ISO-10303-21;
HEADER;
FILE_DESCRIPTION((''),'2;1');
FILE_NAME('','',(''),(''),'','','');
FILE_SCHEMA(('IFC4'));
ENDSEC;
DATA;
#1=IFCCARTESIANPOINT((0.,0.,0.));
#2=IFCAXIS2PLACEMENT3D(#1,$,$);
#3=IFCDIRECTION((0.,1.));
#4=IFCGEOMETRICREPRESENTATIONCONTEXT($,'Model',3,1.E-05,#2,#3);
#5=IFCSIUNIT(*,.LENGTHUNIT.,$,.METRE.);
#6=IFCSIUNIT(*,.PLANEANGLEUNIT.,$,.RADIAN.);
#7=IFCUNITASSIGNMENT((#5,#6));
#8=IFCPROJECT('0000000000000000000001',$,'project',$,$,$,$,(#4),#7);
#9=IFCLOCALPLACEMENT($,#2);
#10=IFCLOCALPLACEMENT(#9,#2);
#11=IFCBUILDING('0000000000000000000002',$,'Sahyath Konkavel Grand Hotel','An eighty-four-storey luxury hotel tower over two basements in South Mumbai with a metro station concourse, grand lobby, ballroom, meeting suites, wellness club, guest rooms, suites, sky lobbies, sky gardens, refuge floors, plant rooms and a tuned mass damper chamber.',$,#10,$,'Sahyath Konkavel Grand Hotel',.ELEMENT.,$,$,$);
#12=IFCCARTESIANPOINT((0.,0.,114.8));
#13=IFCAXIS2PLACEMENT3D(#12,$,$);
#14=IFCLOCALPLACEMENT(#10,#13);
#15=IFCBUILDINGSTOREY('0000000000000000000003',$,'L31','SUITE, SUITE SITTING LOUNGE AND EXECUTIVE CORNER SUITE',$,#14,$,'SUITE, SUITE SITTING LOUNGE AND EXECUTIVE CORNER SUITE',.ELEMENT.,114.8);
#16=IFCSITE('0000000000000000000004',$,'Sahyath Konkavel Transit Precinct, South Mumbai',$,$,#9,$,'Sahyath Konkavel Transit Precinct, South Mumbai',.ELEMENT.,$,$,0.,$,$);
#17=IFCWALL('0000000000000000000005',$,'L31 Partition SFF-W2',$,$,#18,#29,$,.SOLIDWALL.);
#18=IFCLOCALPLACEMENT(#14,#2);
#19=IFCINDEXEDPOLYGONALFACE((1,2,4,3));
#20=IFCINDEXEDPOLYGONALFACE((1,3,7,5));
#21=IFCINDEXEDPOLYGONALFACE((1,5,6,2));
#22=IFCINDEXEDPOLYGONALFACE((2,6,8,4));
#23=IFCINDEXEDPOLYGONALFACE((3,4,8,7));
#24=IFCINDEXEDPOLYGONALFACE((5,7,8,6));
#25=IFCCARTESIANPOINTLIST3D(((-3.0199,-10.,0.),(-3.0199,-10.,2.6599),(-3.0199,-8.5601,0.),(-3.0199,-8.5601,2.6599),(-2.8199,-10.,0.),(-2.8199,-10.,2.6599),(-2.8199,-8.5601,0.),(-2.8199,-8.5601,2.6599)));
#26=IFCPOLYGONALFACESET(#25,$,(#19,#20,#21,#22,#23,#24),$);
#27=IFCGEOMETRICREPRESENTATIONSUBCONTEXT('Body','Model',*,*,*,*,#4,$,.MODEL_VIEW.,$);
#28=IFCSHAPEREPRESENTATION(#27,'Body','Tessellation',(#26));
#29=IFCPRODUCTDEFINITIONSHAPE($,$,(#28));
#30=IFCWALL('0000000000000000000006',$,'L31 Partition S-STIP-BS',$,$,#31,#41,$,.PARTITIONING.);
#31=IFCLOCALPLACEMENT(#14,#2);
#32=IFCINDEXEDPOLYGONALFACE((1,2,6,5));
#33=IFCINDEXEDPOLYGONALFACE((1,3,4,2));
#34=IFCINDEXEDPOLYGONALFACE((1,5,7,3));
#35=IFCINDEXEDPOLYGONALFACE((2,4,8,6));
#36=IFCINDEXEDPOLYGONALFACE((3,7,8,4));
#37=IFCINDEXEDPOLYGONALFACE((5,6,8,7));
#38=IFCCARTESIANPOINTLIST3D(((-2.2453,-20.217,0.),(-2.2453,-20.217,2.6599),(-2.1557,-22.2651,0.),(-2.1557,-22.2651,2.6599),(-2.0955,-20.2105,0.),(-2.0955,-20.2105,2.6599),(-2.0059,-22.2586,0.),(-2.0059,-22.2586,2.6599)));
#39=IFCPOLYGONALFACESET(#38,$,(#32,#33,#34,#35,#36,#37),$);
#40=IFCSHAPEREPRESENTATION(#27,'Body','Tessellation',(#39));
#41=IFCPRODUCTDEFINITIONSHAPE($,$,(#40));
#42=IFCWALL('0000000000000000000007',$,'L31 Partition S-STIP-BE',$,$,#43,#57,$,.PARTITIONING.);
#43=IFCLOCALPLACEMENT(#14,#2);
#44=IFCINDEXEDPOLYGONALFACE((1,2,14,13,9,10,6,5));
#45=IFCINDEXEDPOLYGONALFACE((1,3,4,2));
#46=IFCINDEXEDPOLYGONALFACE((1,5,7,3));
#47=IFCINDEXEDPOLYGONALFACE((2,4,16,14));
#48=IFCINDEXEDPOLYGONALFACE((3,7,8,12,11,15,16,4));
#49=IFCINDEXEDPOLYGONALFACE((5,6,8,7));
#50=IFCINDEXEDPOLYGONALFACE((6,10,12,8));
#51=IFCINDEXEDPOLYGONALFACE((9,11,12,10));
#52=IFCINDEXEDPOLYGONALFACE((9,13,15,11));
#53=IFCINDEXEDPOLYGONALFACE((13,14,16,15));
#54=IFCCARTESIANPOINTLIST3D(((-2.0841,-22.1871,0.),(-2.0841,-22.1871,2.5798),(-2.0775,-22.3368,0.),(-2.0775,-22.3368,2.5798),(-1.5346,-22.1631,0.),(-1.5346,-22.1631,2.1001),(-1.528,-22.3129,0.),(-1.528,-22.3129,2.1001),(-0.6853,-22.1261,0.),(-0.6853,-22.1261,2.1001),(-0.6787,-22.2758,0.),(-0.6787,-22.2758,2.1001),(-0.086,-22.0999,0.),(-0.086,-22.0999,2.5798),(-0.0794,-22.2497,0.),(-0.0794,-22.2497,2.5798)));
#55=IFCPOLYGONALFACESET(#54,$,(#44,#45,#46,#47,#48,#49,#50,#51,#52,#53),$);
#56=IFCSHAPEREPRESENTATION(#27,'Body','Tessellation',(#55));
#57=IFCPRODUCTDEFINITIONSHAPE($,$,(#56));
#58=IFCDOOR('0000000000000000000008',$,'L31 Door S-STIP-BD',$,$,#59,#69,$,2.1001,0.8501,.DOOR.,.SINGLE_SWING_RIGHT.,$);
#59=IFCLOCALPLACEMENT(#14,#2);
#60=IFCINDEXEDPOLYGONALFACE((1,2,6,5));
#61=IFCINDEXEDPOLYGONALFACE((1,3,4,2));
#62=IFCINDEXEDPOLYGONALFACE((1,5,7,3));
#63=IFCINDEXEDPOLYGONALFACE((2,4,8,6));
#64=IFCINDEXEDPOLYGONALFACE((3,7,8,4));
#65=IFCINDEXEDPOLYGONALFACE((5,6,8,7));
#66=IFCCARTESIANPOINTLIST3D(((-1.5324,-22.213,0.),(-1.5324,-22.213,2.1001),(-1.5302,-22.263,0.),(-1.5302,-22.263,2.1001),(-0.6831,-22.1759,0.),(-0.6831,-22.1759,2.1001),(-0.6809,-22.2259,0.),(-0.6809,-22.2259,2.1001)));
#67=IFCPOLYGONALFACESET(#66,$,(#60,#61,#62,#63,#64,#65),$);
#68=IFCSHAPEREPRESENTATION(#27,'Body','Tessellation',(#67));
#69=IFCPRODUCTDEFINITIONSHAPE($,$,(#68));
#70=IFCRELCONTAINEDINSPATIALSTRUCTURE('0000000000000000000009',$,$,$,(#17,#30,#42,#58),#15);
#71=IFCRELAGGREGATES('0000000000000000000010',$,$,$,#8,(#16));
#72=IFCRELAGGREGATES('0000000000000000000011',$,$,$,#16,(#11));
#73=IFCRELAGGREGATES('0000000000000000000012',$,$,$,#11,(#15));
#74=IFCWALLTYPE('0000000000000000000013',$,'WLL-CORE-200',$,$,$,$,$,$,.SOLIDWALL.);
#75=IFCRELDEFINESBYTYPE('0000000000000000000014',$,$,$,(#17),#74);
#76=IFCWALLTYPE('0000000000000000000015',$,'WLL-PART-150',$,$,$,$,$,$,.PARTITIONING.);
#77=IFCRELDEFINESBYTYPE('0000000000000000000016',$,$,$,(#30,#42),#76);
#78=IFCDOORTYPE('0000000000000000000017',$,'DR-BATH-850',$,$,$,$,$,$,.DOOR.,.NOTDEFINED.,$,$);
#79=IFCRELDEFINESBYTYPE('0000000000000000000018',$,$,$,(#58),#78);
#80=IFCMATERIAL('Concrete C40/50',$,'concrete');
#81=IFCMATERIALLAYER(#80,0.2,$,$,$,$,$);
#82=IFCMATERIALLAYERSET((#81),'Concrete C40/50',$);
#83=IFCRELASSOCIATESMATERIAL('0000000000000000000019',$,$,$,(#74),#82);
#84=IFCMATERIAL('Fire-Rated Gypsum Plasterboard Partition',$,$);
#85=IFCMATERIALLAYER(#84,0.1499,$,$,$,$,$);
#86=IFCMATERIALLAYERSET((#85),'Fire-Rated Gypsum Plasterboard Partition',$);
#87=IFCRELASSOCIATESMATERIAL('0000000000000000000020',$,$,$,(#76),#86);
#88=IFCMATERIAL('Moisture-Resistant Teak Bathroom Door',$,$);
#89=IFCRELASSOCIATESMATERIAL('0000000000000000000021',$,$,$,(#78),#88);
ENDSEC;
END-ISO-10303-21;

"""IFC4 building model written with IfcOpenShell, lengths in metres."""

from ifc_helpers import new_model, si_unit, direction, frame, frame_2d, origin, origin_2d, place, context, subcontext, project, spatial, rectangle, extrude, source, transform, mapped, material, layer, layer_set, type_object, element, fill, save


model = new_model("IFC4")

# Units and contexts
model_context = context("Model", 3, precision=1e-05, world=origin(), true_north=direction((0.0, 1.0)))
body_context = subcontext(model_context, "Body", "Model", "MODEL_VIEW")
ifc_project = project(units=[si_unit("LENGTHUNIT", "METRE"), si_unit("PLANEANGLEUNIT", "RADIAN")], contexts=[model_context])

# Site, building, storey
site_placement = place(None, origin())
site = spatial("IfcSite", under=ifc_project, at=site_placement, Name="Sahyath Konkavel Transit Precinct, South Mumbai", LongName="Sahyath Konkavel Transit Precinct, South Mumbai", CompositionType="ELEMENT", RefElevation=0.0)
building_placement = place(site_placement, origin())
building = spatial("IfcBuilding", under=site, at=building_placement, Name="Sahyath Konkavel Grand Hotel", Description="An eighty-four-storey luxury hotel tower over two basements in South Mumbai with a metro station concourse, grand lobby, ballroom, meeting suites, wellness club, guest rooms, suites, sky lobbies, sky gardens, refuge floors, plant rooms and a tuned mass damper chamber.", LongName="Sahyath Konkavel Grand Hotel", CompositionType="ELEMENT")
storey_placement = place(building_placement, frame((0.0, 0.0, 114.8)))
storey = spatial("IfcBuildingStorey", under=building, at=storey_placement, Name="L31", Description="SUITE, SUITE SITTING LOUNGE AND EXECUTIVE CORNER SUITE", LongName="SUITE, SUITE SITTING LOUNGE AND EXECUTIVE CORNER SUITE", CompositionType="ELEMENT", Elevation=114.8)

# Shared definitions
ifc_material_1 = material(Name="Concrete C40/50", Category="concrete")
ifc_layer_1 = layer(ifc_material_1, 0.2)
ifc_layer_set_1 = layer_set([ifc_layer_1], Name="Concrete C40/50")
wall_type_1 = type_object("IfcWallType", Name="WLL-CORE-200", PredefinedType="SOLIDWALL", material=ifc_layer_set_1)

# Walls
wall_1_placement = place(storey_placement, frame((-2.9199, -10.0, 0.0), z_axis=(0.0, 0.0, 1.0), x_axis=(0.0, 1.0, 0.0)))
element("IfcWall", 1, at=wall_1_placement, inside=storey, type_object=wall_type_1, Name="L31 Partition SFF-W2", PredefinedType="SOLIDWALL", context=body_context, shape_type="SweptSolid", body=[
    extrude(rectangle(XDim=1.4399, YDim=0.2, at=frame_2d((0.72, 0.0))), origin(), (0.0, 0.0, 1.0), 2.6599),
])
ifc_material_2 = material(Name="Fire-Rated Gypsum Plasterboard Partition")
ifc_layer_2 = layer(ifc_material_2, 0.1499)
ifc_layer_set_2 = layer_set([ifc_layer_2], Name="Fire-Rated Gypsum Plasterboard Partition")
wall_type_2 = type_object("IfcWallType", Name="WLL-PART-150", PredefinedType="PARTITIONING", material=ifc_layer_set_2)
wall_2_placement = place(storey_placement, frame((-2.1704, -20.2139, 0.0), z_axis=(0.0, 0.0, 1.0), x_axis=(0.043706, -0.999044, 0.0)))
element("IfcWall", 2, at=wall_2_placement, inside=storey, type_object=wall_type_2, Name="L31 Partition S-STIP-BS", PredefinedType="PARTITIONING", context=body_context, shape_type="SweptSolid", body=[
    extrude(rectangle(XDim=2.05, YDim=0.1499, at=frame_2d((1.0249, 0.0))), origin(), (0.0, 0.0, 1.0), 2.6599),
])

# Wall, opening, door
wall_3_placement = place(storey_placement, frame((-2.0808, -22.262, 0.0), z_axis=(0.0, 0.0, 1.0), x_axis=(0.99905, 0.04358, 0.0)))
wall_3 = element("IfcWall", 3, at=wall_3_placement, inside=storey, type_object=wall_type_2, Name="L31 Partition S-STIP-BE", PredefinedType="PARTITIONING", context=body_context, shape_type="SweptSolid", body=[
    extrude(rectangle(XDim=2.0, YDim=0.1499, at=frame_2d((1.0, 0.0))), origin(), (0.0, 0.0, 1.0), 2.5798),
])
opening_1_placement = place(wall_3_placement, frame((0.55, 0.0, 0.0)))
opening_1 = element("IfcOpeningElement", 4, at=opening_1_placement, cuts=wall_3, PredefinedType="OPENING", context=body_context, shape_type="SweptSolid", body=[
    extrude(rectangle(XDim=0.8501, YDim=2.1001, at=frame_2d((0.425, 1.05))), frame((0.0, 0.085, 0.0), z_axis=(0.0, -1.0, 0.0), x_axis=(1.0, 0.0, 0.0)), (0.0, 0.0, 1.0), 0.1699),
])
ifc_material_3 = material(Name="Moisture-Resistant Teak Bathroom Door")
door_type_1 = type_object("IfcDoorType", Name="DR-BATH-850", OperationType="NOTDEFINED", PredefinedType="DOOR", material=ifc_material_3)
shared_shape_1 = source(origin(), body_context, "Body", "SweptSolid", [
    extrude(rectangle(XDim=0.8501, YDim=0.05, at=origin_2d()), origin(), (0.0, 0.0, 1.0), 2.1001),
])
door_1_placement = place(opening_1_placement, frame((0.425, 0.0, 0.0)))
door_1 = element("IfcDoor", 5, at=door_1_placement, inside=storey, type_object=door_type_1, Name="L31 Door S-STIP-BD", OperationType="SINGLE_SWING_RIGHT", OverallHeight=2.1001, OverallWidth=0.8501, PredefinedType="DOOR", context=body_context, shape_type="MappedRepresentation", body=[
    mapped(shared_shape_1, transform((0.0, 0.0, 0.0), scale=1.0)),
])
fill(opening_1, door_1)

save(model, "model.ifc")
